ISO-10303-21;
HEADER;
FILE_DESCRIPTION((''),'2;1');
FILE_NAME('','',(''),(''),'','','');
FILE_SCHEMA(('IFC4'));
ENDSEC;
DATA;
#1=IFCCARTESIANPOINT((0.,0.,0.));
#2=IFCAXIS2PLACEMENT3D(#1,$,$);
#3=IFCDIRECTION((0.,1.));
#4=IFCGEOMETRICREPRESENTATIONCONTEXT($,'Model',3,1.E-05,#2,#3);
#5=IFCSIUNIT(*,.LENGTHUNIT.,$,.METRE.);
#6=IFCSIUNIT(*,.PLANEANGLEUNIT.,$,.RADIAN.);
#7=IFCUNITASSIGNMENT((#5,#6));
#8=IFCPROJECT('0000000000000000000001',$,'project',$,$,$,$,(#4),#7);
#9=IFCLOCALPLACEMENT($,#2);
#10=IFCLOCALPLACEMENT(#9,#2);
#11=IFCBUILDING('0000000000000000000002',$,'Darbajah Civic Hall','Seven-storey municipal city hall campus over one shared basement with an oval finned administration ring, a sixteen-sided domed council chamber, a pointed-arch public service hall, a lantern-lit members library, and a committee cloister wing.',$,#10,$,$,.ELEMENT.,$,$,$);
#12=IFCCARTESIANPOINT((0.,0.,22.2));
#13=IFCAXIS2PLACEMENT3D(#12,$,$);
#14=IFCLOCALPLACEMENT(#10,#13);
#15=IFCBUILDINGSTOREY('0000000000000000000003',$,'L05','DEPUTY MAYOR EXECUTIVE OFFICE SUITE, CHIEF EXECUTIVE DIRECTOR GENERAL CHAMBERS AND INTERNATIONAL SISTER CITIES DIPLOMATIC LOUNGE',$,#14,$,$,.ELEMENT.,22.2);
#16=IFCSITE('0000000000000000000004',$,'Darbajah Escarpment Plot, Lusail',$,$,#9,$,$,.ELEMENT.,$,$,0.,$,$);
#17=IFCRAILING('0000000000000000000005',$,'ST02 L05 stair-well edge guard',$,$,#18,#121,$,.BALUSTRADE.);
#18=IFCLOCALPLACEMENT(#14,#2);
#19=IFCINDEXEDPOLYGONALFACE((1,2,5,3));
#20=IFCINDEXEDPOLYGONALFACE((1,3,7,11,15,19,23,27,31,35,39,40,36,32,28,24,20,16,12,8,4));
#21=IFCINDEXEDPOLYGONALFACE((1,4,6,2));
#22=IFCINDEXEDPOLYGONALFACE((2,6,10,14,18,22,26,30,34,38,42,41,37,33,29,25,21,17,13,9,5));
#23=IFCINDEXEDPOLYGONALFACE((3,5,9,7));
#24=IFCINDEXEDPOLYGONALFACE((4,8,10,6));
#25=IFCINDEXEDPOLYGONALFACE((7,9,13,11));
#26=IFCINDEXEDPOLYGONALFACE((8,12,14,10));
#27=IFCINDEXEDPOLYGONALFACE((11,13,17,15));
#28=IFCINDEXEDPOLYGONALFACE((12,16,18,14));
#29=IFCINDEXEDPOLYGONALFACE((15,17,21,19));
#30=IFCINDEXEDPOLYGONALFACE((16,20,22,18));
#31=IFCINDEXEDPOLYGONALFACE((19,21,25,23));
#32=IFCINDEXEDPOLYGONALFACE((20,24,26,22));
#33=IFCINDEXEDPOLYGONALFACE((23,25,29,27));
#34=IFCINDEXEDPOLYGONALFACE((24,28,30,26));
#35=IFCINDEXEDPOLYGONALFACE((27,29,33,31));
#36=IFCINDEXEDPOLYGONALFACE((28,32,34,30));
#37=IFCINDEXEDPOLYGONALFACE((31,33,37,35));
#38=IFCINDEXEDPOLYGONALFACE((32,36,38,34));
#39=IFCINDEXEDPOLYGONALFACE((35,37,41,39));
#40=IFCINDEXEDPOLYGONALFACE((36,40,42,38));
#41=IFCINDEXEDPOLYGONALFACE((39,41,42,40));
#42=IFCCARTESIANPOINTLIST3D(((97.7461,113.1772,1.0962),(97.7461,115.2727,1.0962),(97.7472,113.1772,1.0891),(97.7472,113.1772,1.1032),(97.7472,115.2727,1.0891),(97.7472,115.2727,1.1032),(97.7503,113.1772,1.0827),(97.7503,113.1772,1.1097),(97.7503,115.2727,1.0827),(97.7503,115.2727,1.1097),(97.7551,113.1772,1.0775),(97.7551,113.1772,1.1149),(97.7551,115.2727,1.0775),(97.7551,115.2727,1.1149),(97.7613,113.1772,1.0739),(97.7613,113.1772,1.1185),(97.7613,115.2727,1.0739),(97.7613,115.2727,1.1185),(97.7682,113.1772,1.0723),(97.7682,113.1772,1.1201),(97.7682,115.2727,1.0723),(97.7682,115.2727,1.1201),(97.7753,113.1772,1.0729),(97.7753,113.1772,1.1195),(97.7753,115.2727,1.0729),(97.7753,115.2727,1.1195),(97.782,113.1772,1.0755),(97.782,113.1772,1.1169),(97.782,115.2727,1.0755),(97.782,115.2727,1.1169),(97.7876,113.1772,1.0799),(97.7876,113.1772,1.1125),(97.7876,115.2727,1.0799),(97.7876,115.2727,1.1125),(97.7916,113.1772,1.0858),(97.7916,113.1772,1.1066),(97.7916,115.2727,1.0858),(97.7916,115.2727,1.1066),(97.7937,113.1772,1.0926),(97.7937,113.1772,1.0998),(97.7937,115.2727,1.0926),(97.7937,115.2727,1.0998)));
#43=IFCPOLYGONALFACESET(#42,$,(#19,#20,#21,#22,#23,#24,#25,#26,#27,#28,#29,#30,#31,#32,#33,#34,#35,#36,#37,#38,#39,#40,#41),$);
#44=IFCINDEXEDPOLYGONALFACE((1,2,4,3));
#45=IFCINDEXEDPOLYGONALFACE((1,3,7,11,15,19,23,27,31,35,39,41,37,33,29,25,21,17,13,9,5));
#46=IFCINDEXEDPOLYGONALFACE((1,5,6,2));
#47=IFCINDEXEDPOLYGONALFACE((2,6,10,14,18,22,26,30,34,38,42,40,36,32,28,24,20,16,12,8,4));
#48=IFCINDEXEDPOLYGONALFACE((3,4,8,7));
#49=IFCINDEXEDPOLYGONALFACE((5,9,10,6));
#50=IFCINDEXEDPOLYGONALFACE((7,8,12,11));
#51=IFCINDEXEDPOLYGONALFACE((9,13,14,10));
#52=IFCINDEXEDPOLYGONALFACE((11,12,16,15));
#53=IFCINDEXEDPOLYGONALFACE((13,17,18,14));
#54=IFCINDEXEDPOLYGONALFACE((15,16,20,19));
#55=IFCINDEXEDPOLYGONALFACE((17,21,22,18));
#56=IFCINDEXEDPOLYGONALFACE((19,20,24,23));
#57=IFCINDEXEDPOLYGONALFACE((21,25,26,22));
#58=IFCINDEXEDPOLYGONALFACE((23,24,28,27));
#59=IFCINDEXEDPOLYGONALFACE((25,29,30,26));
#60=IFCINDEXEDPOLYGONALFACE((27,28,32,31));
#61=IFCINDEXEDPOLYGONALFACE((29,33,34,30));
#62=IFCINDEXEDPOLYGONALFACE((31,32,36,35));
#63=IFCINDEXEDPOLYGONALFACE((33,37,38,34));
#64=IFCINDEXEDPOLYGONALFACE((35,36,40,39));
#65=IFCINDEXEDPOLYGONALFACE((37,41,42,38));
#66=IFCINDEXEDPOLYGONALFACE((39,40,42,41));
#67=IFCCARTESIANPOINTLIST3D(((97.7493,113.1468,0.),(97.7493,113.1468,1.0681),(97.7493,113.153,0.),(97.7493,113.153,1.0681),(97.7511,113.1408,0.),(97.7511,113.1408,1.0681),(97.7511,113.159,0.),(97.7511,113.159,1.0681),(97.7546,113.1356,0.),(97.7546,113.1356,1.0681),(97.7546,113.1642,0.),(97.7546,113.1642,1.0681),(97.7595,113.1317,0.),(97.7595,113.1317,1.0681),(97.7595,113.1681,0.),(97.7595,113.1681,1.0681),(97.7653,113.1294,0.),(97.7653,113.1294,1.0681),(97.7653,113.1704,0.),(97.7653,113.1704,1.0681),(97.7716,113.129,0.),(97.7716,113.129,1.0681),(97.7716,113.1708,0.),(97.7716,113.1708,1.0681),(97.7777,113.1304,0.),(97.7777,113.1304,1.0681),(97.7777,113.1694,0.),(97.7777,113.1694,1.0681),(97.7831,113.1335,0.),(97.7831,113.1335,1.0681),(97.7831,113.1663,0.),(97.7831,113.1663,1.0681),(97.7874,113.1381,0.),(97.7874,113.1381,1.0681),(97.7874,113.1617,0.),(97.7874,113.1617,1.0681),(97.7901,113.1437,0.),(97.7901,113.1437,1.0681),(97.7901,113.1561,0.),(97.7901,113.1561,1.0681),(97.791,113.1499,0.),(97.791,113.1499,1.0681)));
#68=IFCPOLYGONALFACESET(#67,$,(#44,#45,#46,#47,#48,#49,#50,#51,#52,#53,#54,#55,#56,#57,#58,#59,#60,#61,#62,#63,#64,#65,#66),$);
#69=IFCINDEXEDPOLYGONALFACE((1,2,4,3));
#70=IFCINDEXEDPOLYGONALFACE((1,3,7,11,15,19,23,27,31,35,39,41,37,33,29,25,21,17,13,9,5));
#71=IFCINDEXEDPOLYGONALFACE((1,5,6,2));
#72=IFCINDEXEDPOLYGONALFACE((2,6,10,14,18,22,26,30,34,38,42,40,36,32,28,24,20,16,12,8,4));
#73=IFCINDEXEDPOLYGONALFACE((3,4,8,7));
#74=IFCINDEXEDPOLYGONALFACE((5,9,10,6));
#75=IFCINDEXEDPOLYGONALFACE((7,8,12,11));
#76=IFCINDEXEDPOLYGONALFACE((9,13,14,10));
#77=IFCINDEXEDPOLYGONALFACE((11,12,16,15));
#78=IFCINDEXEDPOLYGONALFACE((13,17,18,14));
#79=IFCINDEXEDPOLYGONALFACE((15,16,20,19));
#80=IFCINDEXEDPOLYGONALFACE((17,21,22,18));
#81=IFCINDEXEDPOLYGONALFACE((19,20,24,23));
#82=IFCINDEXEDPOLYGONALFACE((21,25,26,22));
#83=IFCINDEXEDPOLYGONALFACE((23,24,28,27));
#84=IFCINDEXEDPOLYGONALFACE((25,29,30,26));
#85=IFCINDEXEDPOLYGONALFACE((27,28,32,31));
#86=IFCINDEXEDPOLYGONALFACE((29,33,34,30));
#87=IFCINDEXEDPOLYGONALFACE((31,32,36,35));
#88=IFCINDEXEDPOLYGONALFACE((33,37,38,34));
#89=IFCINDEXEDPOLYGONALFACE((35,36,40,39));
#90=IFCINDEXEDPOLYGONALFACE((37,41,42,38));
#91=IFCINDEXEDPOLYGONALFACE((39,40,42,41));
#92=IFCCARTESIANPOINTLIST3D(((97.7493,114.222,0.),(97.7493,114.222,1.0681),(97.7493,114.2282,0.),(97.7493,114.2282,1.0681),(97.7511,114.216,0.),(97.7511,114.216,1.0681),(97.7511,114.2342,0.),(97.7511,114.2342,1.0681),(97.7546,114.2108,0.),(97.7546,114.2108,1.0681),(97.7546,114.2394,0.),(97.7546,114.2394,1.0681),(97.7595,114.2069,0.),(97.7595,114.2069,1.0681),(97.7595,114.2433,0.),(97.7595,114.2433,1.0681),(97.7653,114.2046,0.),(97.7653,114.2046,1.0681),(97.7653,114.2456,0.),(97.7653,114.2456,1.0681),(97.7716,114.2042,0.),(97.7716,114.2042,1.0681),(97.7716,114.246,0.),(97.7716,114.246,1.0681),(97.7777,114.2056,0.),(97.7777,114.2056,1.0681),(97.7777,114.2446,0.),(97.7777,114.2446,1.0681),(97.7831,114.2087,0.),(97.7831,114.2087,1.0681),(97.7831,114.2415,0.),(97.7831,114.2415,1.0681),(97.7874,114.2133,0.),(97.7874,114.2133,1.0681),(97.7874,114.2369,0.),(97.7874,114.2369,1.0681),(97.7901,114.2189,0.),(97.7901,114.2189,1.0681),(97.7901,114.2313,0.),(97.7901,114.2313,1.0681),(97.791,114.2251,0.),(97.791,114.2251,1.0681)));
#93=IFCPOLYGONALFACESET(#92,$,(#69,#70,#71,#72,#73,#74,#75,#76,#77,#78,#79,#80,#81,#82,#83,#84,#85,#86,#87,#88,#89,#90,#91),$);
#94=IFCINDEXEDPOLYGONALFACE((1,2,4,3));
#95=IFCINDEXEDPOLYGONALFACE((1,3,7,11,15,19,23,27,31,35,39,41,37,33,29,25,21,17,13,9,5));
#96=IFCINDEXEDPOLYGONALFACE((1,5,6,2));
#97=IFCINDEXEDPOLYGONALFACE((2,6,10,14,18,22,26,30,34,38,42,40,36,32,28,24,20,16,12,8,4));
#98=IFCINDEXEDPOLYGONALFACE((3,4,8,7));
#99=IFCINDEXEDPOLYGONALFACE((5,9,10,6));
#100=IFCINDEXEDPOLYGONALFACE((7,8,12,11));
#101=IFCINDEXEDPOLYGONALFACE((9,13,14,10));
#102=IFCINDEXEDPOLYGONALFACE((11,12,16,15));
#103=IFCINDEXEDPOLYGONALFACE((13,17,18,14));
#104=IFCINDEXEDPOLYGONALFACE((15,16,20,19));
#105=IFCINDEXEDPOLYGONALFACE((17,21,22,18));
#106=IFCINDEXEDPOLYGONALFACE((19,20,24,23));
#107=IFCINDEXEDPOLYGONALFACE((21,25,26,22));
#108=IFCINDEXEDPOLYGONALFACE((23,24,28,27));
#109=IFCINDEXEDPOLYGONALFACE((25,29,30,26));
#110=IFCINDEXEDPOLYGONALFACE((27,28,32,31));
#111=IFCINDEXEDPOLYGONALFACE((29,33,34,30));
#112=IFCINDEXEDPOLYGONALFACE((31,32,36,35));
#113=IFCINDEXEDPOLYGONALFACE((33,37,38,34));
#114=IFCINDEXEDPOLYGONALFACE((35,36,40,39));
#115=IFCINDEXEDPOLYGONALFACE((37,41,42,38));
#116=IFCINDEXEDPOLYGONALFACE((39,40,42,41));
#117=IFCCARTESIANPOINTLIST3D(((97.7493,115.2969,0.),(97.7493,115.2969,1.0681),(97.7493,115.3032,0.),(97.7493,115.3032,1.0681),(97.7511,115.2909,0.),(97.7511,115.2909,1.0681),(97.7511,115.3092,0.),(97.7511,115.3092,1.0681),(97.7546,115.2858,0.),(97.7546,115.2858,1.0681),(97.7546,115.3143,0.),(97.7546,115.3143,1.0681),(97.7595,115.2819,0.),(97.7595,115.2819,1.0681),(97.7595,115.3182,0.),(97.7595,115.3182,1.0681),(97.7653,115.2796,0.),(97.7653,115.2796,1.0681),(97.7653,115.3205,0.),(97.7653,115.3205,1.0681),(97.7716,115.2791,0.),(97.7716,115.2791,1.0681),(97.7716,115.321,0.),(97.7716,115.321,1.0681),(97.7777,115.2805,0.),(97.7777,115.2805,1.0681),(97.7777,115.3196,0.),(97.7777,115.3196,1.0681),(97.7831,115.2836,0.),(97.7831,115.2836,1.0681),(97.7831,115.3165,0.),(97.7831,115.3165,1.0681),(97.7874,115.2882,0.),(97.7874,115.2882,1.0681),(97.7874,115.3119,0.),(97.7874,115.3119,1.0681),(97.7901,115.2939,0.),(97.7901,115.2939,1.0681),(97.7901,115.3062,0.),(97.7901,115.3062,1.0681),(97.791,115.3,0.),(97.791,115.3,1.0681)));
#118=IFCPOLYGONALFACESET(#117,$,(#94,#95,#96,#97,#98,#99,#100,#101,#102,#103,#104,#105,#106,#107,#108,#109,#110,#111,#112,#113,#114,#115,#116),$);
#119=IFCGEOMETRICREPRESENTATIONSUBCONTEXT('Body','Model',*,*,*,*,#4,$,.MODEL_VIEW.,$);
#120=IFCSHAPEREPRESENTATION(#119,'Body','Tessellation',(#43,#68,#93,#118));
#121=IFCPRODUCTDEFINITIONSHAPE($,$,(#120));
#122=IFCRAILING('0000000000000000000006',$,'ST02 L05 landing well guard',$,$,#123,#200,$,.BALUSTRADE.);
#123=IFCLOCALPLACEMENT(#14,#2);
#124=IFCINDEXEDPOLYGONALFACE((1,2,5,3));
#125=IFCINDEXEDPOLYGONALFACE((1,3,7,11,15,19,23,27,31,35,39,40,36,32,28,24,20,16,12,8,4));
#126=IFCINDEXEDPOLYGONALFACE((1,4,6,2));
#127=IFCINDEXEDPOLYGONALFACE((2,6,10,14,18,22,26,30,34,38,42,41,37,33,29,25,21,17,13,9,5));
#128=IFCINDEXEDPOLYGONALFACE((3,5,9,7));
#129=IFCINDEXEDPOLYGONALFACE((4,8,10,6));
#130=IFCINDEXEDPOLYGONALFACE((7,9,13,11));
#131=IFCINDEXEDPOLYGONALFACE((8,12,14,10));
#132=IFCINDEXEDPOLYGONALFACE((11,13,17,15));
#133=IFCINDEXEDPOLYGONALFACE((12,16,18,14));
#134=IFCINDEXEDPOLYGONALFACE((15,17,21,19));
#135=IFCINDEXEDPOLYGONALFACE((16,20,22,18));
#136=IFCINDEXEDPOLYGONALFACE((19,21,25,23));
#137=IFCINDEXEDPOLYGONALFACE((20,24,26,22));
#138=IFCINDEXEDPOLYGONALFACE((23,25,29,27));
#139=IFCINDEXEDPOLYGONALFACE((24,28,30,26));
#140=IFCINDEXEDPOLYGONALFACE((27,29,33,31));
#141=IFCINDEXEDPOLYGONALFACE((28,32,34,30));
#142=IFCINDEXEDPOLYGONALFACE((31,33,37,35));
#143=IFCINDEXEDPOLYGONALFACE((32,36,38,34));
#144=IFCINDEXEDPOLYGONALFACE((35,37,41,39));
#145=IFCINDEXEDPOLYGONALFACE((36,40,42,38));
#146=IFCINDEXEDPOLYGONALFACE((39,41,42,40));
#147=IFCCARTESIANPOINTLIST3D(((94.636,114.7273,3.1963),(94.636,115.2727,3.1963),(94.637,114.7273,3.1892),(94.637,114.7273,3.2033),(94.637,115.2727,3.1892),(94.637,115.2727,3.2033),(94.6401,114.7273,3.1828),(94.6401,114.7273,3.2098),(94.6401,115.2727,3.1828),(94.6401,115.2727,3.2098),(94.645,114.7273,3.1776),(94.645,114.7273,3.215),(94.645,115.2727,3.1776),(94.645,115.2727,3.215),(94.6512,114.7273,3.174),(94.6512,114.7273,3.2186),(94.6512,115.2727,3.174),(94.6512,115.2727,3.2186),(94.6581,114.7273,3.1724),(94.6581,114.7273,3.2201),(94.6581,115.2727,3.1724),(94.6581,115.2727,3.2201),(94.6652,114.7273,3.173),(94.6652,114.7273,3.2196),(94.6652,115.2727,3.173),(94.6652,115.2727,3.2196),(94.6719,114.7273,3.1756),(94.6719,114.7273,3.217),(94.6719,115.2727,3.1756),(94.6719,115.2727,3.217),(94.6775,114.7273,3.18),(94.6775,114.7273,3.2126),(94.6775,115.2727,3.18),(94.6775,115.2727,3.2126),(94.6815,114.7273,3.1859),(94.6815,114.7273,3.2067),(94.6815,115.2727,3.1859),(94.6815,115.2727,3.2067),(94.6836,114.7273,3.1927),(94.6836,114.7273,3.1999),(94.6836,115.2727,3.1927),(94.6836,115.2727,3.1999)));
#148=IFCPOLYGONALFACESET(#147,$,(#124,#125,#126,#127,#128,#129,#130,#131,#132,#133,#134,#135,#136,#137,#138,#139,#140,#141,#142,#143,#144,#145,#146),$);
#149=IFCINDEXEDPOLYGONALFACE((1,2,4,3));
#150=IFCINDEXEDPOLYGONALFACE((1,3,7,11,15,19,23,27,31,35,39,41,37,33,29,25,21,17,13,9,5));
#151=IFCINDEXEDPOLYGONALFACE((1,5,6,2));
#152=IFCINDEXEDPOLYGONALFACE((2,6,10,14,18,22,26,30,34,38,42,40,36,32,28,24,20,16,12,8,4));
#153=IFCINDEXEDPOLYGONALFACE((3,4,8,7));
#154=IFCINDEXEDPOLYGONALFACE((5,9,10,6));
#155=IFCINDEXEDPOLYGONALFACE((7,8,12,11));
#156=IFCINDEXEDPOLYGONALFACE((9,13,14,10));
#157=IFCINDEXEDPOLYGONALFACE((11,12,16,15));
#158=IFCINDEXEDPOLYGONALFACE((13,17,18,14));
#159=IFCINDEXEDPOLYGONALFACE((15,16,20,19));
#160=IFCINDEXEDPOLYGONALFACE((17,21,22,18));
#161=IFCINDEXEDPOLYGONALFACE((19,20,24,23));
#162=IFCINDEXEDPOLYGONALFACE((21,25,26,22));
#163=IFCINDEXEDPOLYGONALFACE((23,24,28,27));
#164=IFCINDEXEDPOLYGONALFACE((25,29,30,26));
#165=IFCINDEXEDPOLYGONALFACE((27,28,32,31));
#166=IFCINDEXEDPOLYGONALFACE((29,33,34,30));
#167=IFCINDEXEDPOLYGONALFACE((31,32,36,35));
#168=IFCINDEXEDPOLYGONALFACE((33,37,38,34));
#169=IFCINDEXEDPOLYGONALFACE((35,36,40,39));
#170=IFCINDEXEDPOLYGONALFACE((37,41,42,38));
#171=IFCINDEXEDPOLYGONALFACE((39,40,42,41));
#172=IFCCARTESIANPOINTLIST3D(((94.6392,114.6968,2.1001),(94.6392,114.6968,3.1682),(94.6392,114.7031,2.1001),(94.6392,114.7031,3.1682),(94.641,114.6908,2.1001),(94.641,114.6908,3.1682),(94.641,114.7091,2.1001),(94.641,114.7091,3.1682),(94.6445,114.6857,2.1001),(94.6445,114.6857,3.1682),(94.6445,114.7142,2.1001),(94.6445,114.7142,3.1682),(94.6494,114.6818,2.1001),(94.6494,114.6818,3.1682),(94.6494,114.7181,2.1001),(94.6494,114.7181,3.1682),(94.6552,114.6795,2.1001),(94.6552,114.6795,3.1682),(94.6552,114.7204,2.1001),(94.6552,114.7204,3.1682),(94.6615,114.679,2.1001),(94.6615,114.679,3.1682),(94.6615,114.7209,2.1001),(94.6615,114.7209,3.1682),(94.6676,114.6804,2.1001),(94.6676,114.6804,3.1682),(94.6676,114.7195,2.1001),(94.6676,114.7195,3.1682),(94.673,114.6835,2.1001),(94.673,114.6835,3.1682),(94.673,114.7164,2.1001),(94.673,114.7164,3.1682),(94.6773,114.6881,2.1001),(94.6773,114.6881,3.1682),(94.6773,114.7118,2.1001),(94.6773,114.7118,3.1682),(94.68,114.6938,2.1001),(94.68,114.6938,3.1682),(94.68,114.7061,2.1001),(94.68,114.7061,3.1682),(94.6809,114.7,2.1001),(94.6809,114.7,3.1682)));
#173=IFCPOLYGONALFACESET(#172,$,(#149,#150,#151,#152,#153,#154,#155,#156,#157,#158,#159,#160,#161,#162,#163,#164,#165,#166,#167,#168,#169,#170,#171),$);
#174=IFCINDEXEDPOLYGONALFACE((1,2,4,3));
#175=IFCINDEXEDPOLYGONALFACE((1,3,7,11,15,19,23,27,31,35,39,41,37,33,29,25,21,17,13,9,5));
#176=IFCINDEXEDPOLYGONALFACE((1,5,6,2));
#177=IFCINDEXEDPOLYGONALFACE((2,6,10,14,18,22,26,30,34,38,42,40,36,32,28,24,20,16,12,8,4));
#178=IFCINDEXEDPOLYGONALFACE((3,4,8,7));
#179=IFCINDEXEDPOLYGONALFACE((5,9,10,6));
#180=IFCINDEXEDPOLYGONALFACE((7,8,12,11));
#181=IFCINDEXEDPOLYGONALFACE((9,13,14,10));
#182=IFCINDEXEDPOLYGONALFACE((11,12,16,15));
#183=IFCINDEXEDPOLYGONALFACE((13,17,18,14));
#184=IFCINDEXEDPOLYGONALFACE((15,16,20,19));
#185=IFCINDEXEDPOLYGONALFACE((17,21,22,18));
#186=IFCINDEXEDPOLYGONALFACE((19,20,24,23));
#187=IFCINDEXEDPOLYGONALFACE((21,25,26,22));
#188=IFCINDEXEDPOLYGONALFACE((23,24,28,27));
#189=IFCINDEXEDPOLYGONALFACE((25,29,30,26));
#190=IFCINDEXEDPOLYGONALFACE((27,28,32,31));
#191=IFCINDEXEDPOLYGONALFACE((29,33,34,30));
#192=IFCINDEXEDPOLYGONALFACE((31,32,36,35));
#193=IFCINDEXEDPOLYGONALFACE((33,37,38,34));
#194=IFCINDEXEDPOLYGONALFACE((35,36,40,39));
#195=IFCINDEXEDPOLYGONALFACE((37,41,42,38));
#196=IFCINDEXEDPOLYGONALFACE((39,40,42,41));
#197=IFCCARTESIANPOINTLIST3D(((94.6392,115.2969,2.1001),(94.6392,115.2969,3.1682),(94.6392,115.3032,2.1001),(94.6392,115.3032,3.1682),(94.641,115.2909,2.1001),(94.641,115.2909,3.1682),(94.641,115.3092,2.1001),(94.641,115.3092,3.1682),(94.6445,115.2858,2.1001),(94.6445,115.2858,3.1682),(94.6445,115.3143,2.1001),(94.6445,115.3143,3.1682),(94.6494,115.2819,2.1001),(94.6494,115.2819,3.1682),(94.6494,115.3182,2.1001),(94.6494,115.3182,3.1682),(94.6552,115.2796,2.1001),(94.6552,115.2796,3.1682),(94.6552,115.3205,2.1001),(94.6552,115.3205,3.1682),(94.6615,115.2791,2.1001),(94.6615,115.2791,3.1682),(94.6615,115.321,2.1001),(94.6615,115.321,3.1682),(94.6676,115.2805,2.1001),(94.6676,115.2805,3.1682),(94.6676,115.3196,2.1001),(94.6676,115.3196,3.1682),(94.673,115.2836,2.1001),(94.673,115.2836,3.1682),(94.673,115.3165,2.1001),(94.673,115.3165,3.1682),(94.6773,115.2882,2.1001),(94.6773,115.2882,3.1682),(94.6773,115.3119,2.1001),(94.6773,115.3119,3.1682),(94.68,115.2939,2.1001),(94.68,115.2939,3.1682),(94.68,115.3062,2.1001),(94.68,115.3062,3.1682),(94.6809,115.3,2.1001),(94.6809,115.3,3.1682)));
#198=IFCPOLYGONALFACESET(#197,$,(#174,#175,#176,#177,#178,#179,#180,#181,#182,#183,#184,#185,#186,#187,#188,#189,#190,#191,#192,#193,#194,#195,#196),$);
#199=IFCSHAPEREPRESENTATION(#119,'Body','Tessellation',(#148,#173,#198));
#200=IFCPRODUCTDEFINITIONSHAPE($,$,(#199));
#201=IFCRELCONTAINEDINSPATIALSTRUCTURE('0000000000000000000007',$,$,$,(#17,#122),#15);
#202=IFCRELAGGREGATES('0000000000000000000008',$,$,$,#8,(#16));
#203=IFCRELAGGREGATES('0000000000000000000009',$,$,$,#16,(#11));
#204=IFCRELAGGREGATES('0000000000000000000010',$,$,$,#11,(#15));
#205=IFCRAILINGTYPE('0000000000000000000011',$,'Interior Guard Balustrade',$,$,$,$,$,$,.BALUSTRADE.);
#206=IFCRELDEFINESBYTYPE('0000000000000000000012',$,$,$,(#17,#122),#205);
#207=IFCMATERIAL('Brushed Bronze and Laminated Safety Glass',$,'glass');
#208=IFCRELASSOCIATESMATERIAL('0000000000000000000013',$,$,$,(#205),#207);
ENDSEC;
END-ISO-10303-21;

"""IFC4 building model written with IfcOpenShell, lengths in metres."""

from ifc_helpers import new_model, si_unit, direction, frame, origin, origin_2d, place, context, subcontext, project, spatial, circle, extrude, material, type_object, element, save


model = new_model("IFC4")

# Units and contexts
model_context = context("Model", 3, precision=1e-05, world=origin(), true_north=direction((0.0, 1.0)))
body_context = subcontext(model_context, "Body", "Model", "MODEL_VIEW")
ifc_project = project(units=[si_unit("LENGTHUNIT", "METRE"), si_unit("PLANEANGLEUNIT", "RADIAN")], contexts=[model_context])

# Site, building, storey
site_placement = place(None, origin())
site = spatial("IfcSite", under=ifc_project, at=site_placement, Name="Darbajah Escarpment Plot, Lusail", CompositionType="ELEMENT", RefElevation=0.0)
building_placement = place(site_placement, origin())
building = spatial("IfcBuilding", under=site, at=building_placement, Name="Darbajah Civic Hall", Description="Seven-storey municipal city hall campus over one shared basement with an oval finned administration ring, a sixteen-sided domed council chamber, a pointed-arch public service hall, a lantern-lit members library, and a committee cloister wing.", CompositionType="ELEMENT")
storey_placement = place(building_placement, frame((0.0, 0.0, 22.2)))
storey = spatial("IfcBuildingStorey", under=building, at=storey_placement, Name="L05", Description="DEPUTY MAYOR EXECUTIVE OFFICE SUITE, CHIEF EXECUTIVE DIRECTOR GENERAL CHAMBERS AND INTERNATIONAL SISTER CITIES DIPLOMATIC LOUNGE", CompositionType="ELEMENT", Elevation=22.2)

# Railings
ifc_material_1 = material(Name="Brushed Bronze and Laminated Safety Glass", Category="glass")
railing_type_1 = type_object("IfcRailingType", Name="Interior Guard Balustrade", PredefinedType="BALUSTRADE", material=ifc_material_1)
railing_1_placement = place(storey_placement, frame((97.77, 113.1499, 0.0)))
element("IfcRailing", 1, at=railing_1_placement, inside=storey, type_object=railing_type_1, Name="ST02 L05 stair-well edge guard", PredefinedType="BALUSTRADE", context=body_context, shape_type="SweptSolid", body=[
    extrude(circle(Radius=0.0239, at=origin_2d()), frame((0.0, 0.0273, 1.0962), z_axis=(0.0, 1.0, 0.0), x_axis=(-1.0, 0.0, 0.0)), (0.0, 0.0, 1.0), 2.0955),
    extrude(circle(Radius=0.021, at=origin_2d()), origin(), (0.0, 0.0, 1.0), 1.0681),
    extrude(circle(Radius=0.021, at=origin_2d()), frame((0.0, 1.0752, 0.0)), (0.0, 0.0, 1.0), 1.0681),
    extrude(circle(Radius=0.021, at=origin_2d()), frame((0.0, 2.1501, 0.0)), (0.0, 0.0, 1.0), 1.0681),
])
railing_2_placement = place(storey_placement, frame((94.6599, 114.7, 2.1001)))
element("IfcRailing", 2, at=railing_2_placement, inside=storey, type_object=railing_type_1, Name="ST02 L05 landing well guard", PredefinedType="BALUSTRADE", context=body_context, shape_type="SweptSolid", body=[
    extrude(circle(Radius=0.0239, at=origin_2d()), frame((0.0, 0.0273, 1.0962), z_axis=(0.0, 1.0, 0.0), x_axis=(-1.0, 0.0, 0.0)), (0.0, 0.0, 1.0), 0.5454),
    extrude(circle(Radius=0.021, at=origin_2d()), origin(), (0.0, 0.0, 1.0), 1.0681),
    extrude(circle(Radius=0.021, at=origin_2d()), frame((0.0, 0.6001, 0.0)), (0.0, 0.0, 1.0), 1.0681),
])

save(model, "model.ifc")
